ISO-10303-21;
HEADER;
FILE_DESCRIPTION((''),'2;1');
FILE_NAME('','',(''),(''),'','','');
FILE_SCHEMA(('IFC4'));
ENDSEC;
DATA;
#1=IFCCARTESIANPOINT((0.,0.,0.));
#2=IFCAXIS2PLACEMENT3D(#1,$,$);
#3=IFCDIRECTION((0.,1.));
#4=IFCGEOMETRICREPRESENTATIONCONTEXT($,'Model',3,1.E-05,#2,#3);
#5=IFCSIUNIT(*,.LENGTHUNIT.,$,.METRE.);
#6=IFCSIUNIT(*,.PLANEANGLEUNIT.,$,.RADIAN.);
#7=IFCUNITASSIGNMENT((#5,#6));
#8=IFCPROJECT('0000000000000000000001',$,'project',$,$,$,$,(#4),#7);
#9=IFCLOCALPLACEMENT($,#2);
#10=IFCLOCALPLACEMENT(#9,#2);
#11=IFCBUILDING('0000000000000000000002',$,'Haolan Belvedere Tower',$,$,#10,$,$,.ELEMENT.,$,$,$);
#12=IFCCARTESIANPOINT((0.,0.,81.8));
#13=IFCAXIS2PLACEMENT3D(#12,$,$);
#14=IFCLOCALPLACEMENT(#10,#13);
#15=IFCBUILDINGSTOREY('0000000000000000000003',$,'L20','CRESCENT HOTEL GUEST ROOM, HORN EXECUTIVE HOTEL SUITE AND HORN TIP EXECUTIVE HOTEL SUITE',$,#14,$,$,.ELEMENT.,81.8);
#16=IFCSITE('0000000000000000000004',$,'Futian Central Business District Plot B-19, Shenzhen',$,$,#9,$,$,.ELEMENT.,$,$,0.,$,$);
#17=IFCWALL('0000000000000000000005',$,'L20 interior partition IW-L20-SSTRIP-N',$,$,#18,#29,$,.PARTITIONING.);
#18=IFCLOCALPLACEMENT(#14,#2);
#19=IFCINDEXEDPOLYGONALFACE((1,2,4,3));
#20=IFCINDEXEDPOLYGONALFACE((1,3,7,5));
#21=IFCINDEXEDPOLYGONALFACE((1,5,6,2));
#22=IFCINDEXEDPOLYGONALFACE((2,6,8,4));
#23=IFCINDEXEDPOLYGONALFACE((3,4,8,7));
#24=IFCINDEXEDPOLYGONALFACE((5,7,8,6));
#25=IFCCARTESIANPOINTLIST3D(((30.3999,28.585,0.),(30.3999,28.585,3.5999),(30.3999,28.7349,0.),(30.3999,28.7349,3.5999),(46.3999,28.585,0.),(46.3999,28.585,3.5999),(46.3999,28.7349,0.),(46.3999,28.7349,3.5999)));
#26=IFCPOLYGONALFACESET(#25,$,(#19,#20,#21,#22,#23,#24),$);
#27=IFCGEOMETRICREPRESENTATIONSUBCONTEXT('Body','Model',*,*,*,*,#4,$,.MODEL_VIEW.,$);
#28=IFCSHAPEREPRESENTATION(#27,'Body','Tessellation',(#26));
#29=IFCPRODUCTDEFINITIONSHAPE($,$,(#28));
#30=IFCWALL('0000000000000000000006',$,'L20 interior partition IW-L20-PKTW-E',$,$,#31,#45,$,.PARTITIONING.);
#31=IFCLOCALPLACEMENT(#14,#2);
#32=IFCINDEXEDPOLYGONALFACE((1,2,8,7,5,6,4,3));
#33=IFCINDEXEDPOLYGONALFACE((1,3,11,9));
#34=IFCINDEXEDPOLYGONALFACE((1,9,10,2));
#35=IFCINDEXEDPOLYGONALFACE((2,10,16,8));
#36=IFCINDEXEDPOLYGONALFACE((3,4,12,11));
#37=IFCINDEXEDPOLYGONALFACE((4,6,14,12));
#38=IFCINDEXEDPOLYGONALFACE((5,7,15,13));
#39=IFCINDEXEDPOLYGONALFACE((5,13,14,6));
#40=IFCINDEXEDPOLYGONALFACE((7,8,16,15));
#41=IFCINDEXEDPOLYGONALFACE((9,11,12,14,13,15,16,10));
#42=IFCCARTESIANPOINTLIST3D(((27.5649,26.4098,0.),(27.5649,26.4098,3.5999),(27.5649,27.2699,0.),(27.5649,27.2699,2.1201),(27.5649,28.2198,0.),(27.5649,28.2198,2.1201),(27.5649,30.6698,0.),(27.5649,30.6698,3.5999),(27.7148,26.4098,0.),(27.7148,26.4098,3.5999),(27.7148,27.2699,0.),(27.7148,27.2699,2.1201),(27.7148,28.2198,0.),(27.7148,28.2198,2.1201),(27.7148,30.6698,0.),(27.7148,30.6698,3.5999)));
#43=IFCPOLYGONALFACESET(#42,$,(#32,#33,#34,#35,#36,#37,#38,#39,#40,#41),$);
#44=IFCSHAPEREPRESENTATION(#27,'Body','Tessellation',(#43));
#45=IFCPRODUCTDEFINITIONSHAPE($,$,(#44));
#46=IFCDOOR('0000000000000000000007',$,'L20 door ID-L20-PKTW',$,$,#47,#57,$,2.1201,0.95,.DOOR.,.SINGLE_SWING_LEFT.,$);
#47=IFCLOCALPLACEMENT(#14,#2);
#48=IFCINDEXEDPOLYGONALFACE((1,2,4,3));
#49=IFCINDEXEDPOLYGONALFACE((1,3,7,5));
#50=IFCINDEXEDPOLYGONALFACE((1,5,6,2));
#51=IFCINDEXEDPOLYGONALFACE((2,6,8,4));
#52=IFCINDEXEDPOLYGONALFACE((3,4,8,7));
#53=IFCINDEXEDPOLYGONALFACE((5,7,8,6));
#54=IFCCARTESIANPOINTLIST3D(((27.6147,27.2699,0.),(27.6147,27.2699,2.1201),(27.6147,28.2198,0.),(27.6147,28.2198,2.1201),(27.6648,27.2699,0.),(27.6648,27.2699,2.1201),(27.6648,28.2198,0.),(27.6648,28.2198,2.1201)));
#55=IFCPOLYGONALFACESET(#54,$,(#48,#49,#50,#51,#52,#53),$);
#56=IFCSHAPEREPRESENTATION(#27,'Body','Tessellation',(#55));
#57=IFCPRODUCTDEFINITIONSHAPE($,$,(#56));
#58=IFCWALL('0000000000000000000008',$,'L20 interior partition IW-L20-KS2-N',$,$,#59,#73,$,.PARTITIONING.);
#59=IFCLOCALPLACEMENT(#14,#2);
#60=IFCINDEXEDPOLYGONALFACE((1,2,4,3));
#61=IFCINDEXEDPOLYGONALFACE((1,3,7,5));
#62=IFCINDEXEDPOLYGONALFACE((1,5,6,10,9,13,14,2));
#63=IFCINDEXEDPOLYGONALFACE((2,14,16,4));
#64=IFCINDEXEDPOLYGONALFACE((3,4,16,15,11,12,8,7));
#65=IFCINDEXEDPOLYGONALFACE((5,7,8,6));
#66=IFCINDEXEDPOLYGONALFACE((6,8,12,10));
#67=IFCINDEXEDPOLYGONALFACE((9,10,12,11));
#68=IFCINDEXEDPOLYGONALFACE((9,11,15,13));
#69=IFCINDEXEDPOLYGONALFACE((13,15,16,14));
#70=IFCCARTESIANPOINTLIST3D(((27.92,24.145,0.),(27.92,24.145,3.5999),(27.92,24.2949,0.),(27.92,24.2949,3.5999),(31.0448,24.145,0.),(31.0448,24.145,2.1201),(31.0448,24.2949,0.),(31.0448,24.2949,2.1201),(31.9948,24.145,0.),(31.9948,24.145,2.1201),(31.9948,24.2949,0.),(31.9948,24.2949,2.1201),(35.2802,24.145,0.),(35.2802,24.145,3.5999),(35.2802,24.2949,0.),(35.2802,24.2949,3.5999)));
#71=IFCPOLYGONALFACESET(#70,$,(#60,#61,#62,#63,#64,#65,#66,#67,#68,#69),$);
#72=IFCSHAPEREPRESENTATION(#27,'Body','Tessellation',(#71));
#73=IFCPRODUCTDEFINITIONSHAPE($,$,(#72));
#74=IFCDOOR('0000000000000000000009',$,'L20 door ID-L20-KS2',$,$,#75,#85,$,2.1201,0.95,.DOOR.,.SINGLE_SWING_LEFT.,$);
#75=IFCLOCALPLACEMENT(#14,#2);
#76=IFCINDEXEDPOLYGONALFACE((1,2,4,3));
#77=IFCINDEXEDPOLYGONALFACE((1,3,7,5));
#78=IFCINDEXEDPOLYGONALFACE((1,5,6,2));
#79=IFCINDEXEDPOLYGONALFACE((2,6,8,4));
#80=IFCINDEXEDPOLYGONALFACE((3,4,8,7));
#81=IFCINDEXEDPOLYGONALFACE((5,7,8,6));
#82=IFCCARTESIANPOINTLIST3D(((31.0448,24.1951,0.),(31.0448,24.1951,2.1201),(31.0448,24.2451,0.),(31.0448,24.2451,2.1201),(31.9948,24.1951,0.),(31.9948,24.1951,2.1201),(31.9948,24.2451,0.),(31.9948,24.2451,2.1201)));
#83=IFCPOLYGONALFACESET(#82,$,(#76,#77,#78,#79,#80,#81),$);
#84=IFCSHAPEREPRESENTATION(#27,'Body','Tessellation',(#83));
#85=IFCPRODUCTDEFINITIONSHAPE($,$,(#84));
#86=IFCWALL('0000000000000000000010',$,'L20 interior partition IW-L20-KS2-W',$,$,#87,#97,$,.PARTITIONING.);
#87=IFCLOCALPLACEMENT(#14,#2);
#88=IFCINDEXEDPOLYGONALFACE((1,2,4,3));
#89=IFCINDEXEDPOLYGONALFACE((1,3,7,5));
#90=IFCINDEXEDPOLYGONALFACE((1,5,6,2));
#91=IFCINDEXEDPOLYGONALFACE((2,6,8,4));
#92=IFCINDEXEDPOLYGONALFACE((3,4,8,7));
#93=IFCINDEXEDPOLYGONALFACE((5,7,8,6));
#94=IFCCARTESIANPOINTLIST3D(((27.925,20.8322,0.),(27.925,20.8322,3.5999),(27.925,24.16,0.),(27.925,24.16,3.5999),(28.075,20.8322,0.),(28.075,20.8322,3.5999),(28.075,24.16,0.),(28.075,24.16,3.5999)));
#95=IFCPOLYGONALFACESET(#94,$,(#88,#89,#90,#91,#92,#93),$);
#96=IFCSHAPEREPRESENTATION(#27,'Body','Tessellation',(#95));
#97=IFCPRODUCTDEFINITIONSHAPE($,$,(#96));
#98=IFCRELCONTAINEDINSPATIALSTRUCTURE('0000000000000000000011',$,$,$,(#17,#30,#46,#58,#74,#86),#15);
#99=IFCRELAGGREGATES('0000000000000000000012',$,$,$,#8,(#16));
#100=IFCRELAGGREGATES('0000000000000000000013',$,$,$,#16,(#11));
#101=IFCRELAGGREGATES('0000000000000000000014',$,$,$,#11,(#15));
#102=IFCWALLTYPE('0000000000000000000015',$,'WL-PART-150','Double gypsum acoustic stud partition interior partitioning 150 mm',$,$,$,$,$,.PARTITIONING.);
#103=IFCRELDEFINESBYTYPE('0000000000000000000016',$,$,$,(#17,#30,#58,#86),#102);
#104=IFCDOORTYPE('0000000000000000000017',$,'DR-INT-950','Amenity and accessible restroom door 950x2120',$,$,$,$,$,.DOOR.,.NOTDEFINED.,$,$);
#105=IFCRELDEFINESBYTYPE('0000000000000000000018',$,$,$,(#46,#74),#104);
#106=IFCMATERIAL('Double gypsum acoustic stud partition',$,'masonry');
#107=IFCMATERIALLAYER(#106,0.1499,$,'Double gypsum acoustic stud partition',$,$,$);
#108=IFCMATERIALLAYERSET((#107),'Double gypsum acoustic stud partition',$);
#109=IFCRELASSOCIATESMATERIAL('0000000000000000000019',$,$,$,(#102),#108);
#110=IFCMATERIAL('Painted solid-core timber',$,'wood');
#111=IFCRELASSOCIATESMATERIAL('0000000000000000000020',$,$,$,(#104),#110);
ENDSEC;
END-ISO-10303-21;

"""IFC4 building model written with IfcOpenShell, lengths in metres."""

from ifc_helpers import new_model, si_unit, direction, frame, frame_2d, origin, place, context, subcontext, project, spatial, rectangle, extrude, material, layer, layer_set, type_object, element, fill, save


model = new_model("IFC4")

# Units and contexts
model_context = context("Model", 3, precision=1e-05, world=origin(), true_north=direction((0.0, 1.0)))
body_context = subcontext(model_context, "Body", "Model", "MODEL_VIEW")
ifc_project = project(units=[si_unit("LENGTHUNIT", "METRE"), si_unit("PLANEANGLEUNIT", "RADIAN")], contexts=[model_context])

# Site, building, storey
site_placement = place(None, origin())
site = spatial("IfcSite", under=ifc_project, at=site_placement, Name="Futian Central Business District Plot B-19, Shenzhen", CompositionType="ELEMENT", RefElevation=0.0)
building_placement = place(site_placement, origin())
building = spatial("IfcBuilding", under=site, at=building_placement, Name="Haolan Belvedere Tower", CompositionType="ELEMENT")
storey_placement = place(building_placement, frame((0.0, 0.0, 81.8)))
storey = spatial("IfcBuildingStorey", under=building, at=storey_placement, Name="L20", Description="CRESCENT HOTEL GUEST ROOM, HORN EXECUTIVE HOTEL SUITE AND HORN TIP EXECUTIVE HOTEL SUITE", CompositionType="ELEMENT", Elevation=81.8)

# Wall
ifc_material_1 = material(Name="Double gypsum acoustic stud partition", Category="masonry")
ifc_layer_1 = layer(ifc_material_1, 0.1499, Name="Double gypsum acoustic stud partition")
ifc_layer_set_1 = layer_set([ifc_layer_1], Name="Double gypsum acoustic stud partition")
wall_type_1 = type_object("IfcWallType", Name="WL-PART-150", Description="Double gypsum acoustic stud partition interior partitioning 150 mm", PredefinedType="PARTITIONING", material=ifc_layer_set_1)
wall_1_placement = place(storey_placement, frame((30.3999, 28.6599, 0.0), z_axis=(0.0, 0.0, 1.0), x_axis=(1.0, 0.0, 0.0)))
element("IfcWall", 1, at=wall_1_placement, inside=storey, type_object=wall_type_1, Name="L20 interior partition IW-L20-SSTRIP-N", PredefinedType="PARTITIONING", context=body_context, shape_type="SweptSolid", body=[
    extrude(rectangle(XDim=16.0, YDim=0.1499, at=frame_2d((8.0, 0.0))), origin(), (0.0, 0.0, 1.0), 3.5999),
])

# Walls, openings, doors
wall_2_placement = place(storey_placement, frame((27.6399, 26.4099, 0.0), z_axis=(0.0, 0.0, 1.0), x_axis=(0.0, 1.0, 0.0)))
wall_2 = element("IfcWall", 2, at=wall_2_placement, inside=storey, type_object=wall_type_1, Name="L20 interior partition IW-L20-PKTW-E", PredefinedType="PARTITIONING", context=body_context, shape_type="SweptSolid", body=[
    extrude(rectangle(XDim=4.26, YDim=0.1499, at=frame_2d((2.1299, 0.0))), origin(), (0.0, 0.0, 1.0), 3.5999),
])
opening_1_placement = place(wall_2_placement, frame((1.8101, 0.0, 0.0), z_axis=(0.0, 0.0, 1.0), x_axis=(-1.0, 0.0, 0.0)))
opening_1 = element("IfcOpeningElement", 3, at=opening_1_placement, cuts=wall_2, PredefinedType="OPENING", context=body_context, shape_type="SweptSolid", body=[
    extrude(rectangle(XDim=0.95, YDim=2.1201, at=frame_2d((0.4751, 1.0601))), frame((0.0, 0.085, 0.0), z_axis=(0.0, -1.0, 0.0), x_axis=(1.0, 0.0, 0.0)), (0.0, 0.0, 1.0), 0.1699),
])
ifc_material_2 = material(Name="Painted solid-core timber", Category="wood")
door_type_1 = type_object("IfcDoorType", Name="DR-INT-950", Description="Amenity and accessible restroom door 950x2120", OperationType="NOTDEFINED", PredefinedType="DOOR", material=ifc_material_2)
door_1_placement = place(opening_1_placement, origin())
door_1 = element("IfcDoor", 4, at=door_1_placement, inside=storey, type_object=door_type_1, Name="L20 door ID-L20-PKTW", OperationType="SINGLE_SWING_LEFT", OverallHeight=2.1201, OverallWidth=0.95, PredefinedType="DOOR", context=body_context, shape_type="SweptSolid", body=[
    extrude(rectangle(XDim=0.95, YDim=2.1201, at=frame_2d((0.4751, 1.0601))), frame((0.0, 0.0249, 0.0), z_axis=(0.0, -1.0, 0.0), x_axis=(1.0, 0.0, 0.0)), (0.0, 0.0, 1.0), 0.05),
])
fill(opening_1, door_1)
wall_3_placement = place(storey_placement, frame((27.9199, 24.22, 0.0), z_axis=(0.0, 0.0, 1.0), x_axis=(1.0, 0.0, 0.0)))
wall_3 = element("IfcWall", 5, at=wall_3_placement, inside=storey, type_object=wall_type_1, Name="L20 interior partition IW-L20-KS2-N", PredefinedType="PARTITIONING", context=body_context, shape_type="SweptSolid", body=[
    extrude(rectangle(XDim=7.3601, YDim=0.1499, at=frame_2d((3.6802, 0.0))), origin(), (0.0, 0.0, 1.0), 3.5999),
])
opening_2_placement = place(wall_3_placement, frame((4.075, 0.0, 0.0), z_axis=(0.0, 0.0, 1.0), x_axis=(-1.0, 0.0, 0.0)))
opening_2 = element("IfcOpeningElement", 6, at=opening_2_placement, cuts=wall_3, PredefinedType="OPENING", context=body_context, shape_type="SweptSolid", body=[
    extrude(rectangle(XDim=0.95, YDim=2.1201, at=frame_2d((0.4751, 1.0601))), frame((0.0, 0.085, 0.0), z_axis=(0.0, -1.0, 0.0), x_axis=(1.0, 0.0, 0.0)), (0.0, 0.0, 1.0), 0.1699),
])
door_2_placement = place(opening_2_placement, origin())
door_2 = element("IfcDoor", 7, at=door_2_placement, inside=storey, type_object=door_type_1, Name="L20 door ID-L20-KS2", OperationType="SINGLE_SWING_LEFT", OverallHeight=2.1201, OverallWidth=0.95, PredefinedType="DOOR", context=body_context, shape_type="SweptSolid", body=[
    extrude(rectangle(XDim=0.95, YDim=2.1201, at=frame_2d((0.4751, 1.0601))), frame((0.0, 0.0249, 0.0), z_axis=(0.0, -1.0, 0.0), x_axis=(1.0, 0.0, 0.0)), (0.0, 0.0, 1.0), 0.05),
])
fill(opening_2, door_2)

# Wall
wall_4_placement = place(storey_placement, frame((28.0, 20.832, 0.0), z_axis=(0.0, 0.0, 1.0), x_axis=(0.0, 1.0, 0.0)))
element("IfcWall", 8, at=wall_4_placement, inside=storey, type_object=wall_type_1, Name="L20 interior partition IW-L20-KS2-W", PredefinedType="PARTITIONING", context=body_context, shape_type="SweptSolid", body=[
    extrude(rectangle(XDim=3.3279, YDim=0.1499, at=frame_2d((1.6641, 0.0))), origin(), (0.0, 0.0, 1.0), 3.5999),
])

save(model, "model.ifc")
